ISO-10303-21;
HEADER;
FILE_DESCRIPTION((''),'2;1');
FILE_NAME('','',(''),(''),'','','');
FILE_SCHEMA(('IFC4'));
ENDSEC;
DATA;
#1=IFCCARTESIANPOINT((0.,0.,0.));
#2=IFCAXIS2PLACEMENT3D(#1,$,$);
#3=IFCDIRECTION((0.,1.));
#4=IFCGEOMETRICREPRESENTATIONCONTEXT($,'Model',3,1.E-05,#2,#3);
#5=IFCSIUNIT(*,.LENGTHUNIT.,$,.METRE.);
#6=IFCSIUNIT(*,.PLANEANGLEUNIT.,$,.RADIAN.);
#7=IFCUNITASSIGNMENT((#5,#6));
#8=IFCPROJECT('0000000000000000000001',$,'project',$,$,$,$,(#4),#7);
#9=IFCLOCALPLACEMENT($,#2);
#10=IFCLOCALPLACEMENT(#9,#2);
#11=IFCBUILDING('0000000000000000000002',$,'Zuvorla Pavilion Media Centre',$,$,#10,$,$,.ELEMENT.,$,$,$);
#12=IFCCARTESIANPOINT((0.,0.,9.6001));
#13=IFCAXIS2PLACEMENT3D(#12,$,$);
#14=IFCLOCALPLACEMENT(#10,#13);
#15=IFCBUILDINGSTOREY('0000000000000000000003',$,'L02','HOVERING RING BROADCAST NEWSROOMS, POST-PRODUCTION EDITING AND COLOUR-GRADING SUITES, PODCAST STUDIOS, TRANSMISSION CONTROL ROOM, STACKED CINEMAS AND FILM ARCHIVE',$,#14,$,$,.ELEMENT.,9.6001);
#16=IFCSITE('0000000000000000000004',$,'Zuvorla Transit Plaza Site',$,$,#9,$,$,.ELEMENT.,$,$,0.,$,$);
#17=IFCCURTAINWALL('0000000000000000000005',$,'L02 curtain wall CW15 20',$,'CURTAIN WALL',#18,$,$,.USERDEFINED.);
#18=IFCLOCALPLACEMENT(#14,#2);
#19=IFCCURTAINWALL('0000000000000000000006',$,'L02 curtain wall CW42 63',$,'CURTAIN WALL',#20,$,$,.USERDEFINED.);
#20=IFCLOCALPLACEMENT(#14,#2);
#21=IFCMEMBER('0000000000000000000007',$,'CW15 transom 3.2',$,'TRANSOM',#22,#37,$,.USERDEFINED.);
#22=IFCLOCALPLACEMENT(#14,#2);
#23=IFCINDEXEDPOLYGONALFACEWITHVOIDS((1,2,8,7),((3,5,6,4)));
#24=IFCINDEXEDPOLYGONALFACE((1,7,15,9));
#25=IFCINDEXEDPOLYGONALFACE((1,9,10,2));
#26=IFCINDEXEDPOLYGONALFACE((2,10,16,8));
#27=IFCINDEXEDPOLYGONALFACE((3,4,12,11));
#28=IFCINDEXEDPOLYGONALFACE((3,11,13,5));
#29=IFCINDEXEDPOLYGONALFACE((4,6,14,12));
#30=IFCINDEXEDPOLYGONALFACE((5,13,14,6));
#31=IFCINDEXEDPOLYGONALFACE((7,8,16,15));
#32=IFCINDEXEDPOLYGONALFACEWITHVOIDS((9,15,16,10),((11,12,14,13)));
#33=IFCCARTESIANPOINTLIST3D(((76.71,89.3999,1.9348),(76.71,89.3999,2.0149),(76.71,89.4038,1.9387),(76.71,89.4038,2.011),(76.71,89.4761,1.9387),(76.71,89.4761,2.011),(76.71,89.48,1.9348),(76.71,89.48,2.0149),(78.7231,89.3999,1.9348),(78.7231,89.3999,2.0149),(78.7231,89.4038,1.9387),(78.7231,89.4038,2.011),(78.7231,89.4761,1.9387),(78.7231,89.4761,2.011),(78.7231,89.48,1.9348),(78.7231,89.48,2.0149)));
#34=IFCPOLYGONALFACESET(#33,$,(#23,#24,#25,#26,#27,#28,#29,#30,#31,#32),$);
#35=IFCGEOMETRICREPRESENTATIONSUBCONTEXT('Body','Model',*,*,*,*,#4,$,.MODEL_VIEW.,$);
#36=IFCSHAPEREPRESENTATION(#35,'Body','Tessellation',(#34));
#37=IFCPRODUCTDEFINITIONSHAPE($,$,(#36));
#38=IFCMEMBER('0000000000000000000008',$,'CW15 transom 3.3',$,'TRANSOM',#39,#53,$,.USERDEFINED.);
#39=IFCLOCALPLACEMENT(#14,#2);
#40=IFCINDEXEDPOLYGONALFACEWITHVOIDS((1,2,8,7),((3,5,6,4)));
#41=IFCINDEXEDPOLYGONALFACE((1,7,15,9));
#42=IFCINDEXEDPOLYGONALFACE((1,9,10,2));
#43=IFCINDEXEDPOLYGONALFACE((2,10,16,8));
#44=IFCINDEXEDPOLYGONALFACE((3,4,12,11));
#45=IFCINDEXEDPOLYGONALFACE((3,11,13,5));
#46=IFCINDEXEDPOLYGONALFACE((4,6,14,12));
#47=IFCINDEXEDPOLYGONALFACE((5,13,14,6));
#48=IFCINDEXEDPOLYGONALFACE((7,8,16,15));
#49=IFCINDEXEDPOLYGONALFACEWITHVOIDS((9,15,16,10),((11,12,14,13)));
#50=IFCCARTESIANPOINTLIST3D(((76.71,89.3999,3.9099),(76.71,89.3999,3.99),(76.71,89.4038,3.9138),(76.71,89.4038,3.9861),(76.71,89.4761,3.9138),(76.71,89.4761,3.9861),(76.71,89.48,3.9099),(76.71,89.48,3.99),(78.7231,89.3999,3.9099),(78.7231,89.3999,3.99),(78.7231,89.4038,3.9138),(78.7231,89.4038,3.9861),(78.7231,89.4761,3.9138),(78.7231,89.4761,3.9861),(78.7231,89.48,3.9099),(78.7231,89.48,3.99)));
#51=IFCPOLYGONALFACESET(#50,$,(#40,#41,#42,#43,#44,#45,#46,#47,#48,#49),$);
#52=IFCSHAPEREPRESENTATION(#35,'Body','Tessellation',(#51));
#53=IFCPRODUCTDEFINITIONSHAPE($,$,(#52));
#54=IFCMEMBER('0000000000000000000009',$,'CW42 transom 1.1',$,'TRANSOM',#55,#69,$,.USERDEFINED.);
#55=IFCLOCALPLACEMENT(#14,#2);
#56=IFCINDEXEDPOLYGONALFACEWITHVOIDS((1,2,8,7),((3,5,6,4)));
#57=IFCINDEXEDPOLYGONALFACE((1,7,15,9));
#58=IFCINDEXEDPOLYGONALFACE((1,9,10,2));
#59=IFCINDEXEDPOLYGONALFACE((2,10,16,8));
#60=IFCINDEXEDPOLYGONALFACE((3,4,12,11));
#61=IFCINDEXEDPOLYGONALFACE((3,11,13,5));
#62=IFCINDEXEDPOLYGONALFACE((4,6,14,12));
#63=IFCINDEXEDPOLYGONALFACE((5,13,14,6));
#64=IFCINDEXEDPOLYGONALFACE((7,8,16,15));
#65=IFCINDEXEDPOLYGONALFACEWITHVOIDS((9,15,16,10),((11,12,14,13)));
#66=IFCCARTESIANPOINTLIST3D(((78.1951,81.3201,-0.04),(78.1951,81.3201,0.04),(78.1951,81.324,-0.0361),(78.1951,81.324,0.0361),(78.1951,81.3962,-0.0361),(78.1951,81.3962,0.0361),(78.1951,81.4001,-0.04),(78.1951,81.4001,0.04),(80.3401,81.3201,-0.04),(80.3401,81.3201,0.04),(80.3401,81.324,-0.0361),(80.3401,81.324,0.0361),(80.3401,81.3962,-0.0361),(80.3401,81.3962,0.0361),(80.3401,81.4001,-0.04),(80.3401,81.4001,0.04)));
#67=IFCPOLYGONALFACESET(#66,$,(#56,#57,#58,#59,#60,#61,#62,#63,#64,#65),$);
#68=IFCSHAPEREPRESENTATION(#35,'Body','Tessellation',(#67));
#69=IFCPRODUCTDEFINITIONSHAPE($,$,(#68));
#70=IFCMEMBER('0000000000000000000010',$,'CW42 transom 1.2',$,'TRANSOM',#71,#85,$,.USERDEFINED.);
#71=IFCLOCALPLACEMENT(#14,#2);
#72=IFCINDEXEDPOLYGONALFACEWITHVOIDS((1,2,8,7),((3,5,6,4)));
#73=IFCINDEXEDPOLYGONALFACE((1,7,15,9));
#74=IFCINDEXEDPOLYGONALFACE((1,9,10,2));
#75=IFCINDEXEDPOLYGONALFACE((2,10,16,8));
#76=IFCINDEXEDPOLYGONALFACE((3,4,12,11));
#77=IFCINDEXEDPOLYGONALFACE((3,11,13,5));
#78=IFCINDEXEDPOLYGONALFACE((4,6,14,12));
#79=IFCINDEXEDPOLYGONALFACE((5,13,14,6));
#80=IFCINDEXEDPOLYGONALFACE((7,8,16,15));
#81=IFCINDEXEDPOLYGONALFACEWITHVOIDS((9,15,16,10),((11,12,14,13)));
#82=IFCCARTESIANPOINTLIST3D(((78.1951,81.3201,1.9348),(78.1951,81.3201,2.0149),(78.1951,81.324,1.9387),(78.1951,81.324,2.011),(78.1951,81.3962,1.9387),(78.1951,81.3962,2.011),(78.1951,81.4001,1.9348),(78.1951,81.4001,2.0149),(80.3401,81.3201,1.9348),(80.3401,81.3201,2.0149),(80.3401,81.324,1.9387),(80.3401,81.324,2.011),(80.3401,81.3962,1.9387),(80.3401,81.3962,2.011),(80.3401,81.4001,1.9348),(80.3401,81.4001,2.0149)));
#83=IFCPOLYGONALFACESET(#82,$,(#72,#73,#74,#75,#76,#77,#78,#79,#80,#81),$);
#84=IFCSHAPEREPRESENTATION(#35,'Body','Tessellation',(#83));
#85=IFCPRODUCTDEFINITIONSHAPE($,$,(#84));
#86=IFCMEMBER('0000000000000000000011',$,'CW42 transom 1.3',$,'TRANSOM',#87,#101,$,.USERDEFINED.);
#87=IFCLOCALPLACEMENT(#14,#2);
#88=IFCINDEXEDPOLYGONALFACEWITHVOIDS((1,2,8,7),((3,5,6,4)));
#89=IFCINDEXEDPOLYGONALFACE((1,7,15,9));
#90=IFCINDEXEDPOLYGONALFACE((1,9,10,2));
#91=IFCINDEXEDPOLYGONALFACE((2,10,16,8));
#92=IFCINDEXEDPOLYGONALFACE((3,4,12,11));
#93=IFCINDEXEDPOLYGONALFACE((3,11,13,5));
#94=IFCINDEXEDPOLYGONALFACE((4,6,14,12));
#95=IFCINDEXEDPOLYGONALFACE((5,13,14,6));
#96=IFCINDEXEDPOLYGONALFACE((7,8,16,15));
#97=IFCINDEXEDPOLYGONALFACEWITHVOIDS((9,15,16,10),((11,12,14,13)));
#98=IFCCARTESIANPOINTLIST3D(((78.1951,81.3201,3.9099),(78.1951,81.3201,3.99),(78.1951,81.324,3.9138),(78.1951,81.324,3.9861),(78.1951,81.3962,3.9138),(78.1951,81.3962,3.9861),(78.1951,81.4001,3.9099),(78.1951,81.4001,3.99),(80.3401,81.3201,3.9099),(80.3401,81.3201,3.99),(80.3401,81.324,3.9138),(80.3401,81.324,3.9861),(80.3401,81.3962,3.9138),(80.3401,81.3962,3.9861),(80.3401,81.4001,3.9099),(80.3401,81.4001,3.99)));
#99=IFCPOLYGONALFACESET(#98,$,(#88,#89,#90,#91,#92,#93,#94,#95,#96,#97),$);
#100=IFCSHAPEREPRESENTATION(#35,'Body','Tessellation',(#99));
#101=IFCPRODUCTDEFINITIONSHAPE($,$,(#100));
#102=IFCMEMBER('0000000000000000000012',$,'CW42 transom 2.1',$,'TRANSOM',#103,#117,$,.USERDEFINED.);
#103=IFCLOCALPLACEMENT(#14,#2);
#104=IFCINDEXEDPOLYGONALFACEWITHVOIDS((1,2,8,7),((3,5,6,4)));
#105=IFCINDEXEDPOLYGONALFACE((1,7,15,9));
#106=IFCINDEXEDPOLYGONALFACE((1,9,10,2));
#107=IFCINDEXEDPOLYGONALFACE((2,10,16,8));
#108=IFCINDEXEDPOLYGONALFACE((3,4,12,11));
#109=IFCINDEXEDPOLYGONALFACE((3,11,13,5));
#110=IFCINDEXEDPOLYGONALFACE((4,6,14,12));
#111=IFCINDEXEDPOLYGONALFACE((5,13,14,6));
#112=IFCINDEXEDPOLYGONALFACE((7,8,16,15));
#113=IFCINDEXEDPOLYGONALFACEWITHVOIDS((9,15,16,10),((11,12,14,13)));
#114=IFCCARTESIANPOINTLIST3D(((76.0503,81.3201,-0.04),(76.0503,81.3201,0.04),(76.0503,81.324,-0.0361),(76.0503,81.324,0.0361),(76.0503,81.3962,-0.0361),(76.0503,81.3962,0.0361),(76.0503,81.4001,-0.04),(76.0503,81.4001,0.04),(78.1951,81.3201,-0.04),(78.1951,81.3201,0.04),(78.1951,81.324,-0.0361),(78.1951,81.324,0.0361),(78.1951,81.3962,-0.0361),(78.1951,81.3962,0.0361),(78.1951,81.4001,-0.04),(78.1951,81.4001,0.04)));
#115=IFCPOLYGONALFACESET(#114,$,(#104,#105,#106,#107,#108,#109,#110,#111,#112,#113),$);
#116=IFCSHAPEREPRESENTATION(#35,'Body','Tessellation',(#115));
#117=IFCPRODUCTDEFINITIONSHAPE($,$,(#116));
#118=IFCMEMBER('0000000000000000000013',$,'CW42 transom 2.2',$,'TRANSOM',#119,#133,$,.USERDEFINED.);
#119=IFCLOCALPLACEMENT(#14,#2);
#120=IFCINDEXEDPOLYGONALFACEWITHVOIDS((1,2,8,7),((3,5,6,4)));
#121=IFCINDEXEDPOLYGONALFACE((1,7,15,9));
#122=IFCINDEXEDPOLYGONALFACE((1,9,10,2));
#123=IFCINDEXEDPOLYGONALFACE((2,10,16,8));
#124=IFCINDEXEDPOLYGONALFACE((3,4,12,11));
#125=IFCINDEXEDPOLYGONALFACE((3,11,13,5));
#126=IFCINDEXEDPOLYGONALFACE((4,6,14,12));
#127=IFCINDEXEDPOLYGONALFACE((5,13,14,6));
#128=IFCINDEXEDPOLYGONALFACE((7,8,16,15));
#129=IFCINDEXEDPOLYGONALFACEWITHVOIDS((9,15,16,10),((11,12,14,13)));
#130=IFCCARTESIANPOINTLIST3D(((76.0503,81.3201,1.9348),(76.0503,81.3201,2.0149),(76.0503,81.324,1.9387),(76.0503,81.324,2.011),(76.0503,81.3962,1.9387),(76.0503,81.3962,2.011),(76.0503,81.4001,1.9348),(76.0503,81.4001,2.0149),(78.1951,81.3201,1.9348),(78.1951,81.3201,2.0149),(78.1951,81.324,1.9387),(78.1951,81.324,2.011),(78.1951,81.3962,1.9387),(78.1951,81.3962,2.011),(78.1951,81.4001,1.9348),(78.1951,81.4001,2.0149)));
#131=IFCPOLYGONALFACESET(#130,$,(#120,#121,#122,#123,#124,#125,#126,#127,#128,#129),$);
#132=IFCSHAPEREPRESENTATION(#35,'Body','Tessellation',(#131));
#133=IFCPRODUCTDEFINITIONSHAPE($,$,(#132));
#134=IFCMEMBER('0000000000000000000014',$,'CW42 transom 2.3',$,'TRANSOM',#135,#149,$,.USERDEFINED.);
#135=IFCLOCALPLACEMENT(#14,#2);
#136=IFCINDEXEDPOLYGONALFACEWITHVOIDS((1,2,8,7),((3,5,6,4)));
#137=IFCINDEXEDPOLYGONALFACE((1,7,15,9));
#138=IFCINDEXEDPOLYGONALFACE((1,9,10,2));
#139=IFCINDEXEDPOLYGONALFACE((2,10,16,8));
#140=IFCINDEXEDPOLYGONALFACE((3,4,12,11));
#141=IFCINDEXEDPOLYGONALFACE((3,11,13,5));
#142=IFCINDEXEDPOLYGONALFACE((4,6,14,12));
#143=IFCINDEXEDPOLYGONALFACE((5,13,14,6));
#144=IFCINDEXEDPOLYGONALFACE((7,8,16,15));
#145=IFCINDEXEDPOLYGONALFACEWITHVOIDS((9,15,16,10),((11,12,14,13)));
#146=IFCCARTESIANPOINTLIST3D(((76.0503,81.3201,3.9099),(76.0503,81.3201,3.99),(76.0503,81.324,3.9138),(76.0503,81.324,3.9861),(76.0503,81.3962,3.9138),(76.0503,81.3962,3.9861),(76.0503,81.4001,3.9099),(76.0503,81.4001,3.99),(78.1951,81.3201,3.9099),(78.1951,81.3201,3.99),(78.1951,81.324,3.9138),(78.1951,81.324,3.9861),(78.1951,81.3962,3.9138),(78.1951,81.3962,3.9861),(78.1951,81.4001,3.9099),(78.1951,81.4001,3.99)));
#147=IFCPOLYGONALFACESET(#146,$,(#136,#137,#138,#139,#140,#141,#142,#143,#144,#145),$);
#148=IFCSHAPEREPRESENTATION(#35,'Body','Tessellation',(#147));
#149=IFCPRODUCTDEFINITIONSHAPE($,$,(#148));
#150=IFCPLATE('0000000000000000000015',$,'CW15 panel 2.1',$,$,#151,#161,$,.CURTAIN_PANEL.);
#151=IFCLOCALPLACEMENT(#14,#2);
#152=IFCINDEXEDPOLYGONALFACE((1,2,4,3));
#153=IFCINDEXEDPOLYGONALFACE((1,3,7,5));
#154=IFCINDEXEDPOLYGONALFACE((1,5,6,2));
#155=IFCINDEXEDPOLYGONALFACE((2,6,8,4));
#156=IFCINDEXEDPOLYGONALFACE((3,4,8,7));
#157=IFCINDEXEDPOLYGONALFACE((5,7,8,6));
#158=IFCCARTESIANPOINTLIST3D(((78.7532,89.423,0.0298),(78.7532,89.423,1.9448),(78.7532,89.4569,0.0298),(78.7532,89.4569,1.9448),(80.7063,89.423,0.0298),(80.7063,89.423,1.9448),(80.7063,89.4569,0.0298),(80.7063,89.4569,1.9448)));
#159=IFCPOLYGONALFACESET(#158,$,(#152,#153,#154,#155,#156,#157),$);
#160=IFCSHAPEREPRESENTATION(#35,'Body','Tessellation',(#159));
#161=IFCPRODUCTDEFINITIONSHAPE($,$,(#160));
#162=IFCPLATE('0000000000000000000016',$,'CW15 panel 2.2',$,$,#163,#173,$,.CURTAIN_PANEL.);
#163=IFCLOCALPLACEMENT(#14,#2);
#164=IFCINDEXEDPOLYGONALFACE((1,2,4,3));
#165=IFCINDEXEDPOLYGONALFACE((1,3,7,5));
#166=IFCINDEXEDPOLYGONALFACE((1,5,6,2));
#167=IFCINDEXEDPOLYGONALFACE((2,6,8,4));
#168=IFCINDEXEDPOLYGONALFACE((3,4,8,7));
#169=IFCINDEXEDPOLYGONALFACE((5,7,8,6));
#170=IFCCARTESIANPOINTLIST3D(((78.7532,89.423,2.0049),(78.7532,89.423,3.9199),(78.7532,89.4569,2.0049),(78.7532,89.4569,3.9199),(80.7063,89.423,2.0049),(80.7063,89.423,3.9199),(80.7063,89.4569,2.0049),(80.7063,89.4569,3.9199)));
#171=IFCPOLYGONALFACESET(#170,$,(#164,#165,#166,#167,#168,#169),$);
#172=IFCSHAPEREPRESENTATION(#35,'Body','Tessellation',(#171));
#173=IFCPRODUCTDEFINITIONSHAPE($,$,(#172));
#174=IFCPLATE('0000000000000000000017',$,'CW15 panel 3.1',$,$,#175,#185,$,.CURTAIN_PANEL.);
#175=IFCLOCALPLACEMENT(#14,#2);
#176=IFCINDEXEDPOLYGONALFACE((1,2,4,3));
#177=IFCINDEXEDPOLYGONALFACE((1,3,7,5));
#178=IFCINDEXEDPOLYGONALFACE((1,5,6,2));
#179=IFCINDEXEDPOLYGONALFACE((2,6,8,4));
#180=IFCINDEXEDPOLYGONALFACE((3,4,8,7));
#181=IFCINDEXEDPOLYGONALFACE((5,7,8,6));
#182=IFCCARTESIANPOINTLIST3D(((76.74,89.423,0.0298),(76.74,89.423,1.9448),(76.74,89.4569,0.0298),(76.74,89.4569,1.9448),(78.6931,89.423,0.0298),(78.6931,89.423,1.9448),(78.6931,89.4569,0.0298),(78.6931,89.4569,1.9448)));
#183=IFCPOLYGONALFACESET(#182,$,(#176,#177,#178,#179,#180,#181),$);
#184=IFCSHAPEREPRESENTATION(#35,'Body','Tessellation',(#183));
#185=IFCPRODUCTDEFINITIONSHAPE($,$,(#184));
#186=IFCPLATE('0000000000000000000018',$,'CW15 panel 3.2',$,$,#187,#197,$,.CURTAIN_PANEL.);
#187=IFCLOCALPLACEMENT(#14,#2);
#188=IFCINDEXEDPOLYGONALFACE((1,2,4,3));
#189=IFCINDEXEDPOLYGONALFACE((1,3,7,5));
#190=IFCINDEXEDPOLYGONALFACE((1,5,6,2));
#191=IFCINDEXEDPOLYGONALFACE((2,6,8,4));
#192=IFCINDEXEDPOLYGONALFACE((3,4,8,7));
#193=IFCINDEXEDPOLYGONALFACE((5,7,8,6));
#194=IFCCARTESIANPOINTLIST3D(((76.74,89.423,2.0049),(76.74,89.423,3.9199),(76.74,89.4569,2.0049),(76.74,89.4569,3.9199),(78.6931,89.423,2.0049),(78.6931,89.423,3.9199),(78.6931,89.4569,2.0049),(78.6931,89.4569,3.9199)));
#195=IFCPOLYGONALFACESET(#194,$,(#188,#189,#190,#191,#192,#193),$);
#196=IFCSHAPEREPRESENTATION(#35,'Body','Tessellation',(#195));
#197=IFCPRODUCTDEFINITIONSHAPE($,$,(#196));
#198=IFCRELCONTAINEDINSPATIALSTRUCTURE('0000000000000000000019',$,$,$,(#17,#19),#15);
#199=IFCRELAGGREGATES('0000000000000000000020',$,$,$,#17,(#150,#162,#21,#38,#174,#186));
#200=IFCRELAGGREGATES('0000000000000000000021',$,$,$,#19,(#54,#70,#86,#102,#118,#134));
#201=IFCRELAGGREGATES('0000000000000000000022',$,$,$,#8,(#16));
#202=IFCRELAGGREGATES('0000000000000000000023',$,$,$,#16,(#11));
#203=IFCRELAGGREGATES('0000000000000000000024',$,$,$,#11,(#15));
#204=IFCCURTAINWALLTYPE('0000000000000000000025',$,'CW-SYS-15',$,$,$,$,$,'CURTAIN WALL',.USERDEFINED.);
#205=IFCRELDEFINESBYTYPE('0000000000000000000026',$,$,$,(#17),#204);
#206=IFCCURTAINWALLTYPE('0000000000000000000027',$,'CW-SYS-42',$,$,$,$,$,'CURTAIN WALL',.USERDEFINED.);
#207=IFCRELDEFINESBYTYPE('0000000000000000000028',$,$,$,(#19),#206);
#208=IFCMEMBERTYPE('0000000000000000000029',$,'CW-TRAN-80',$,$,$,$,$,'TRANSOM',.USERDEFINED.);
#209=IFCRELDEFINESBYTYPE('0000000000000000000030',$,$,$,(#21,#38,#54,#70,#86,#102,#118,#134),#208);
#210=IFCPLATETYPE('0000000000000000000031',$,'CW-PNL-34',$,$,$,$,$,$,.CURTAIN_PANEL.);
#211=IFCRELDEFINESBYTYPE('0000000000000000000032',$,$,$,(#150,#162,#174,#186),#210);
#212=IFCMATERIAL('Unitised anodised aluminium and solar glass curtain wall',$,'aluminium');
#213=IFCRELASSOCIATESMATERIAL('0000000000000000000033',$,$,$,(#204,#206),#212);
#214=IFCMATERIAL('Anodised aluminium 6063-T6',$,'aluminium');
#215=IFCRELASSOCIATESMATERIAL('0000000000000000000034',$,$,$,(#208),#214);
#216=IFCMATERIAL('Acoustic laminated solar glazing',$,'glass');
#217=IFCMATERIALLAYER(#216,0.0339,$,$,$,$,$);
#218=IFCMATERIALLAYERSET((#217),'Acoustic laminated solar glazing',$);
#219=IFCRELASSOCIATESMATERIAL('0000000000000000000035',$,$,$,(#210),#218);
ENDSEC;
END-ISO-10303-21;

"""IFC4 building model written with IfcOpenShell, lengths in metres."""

from ifc_helpers import new_model, si_unit, direction, frame, origin, origin_2d, place, context, subcontext, project, spatial, rectangle, hollow_rectangle, extrude, material, layer, layer_set, material_profile, profile_set, type_object, element, aggregate, save


model = new_model("IFC4")

# Units and contexts
model_context = context("Model", 3, precision=1e-05, world=origin(), true_north=direction((0.0, 1.0)))
body_context = subcontext(model_context, "Body", "Model", "MODEL_VIEW")
ifc_project = project(units=[si_unit("LENGTHUNIT", "METRE"), si_unit("PLANEANGLEUNIT", "RADIAN")], contexts=[model_context])

# Site, building, storey
site_placement = place(None, origin())
site = spatial("IfcSite", under=ifc_project, at=site_placement, Name="Zuvorla Transit Plaza Site", CompositionType="ELEMENT", RefElevation=0.0)
building_placement = place(site_placement, origin())
building = spatial("IfcBuilding", under=site, at=building_placement, Name="Zuvorla Pavilion Media Centre", CompositionType="ELEMENT")
storey_placement = place(building_placement, frame((0.0, 0.0, 9.6001)))
storey = spatial("IfcBuildingStorey", under=building, at=storey_placement, Name="L02", Description="HOVERING RING BROADCAST NEWSROOMS, POST-PRODUCTION EDITING AND COLOUR-GRADING SUITES, PODCAST STUDIOS, TRANSMISSION CONTROL ROOM, STACKED CINEMAS AND FILM ARCHIVE", CompositionType="ELEMENT", Elevation=9.6001)

# Curtain walls
ifc_material_1 = material(Name="Unitised anodised aluminium and solar glass curtain wall", Category="aluminium")
curtain_wall_type_1 = type_object("IfcCurtainWallType", Name="CW-SYS-15", ElementType="CURTAIN WALL", PredefinedType="USERDEFINED", material=ifc_material_1)
curtain_wall_1_placement = place(storey_placement, origin())
curtain_wall_1 = element("IfcCurtainWall", 1, at=curtain_wall_1_placement, inside=storey, type_object=curtain_wall_type_1, Name="L02 curtain wall CW15 20", ObjectType="CURTAIN WALL", PredefinedType="USERDEFINED")
ifc_material_2 = material(Name="Anodised aluminium 6063-T6", Category="aluminium")
curtain_wall_type_2 = type_object("IfcCurtainWallType", Name="CW-SYS-42", ElementType="CURTAIN WALL", PredefinedType="USERDEFINED", material=ifc_material_1)
curtain_wall_2_placement = place(storey_placement, origin())
curtain_wall_2 = element("IfcCurtainWall", 2, at=curtain_wall_2_placement, inside=storey, type_object=curtain_wall_type_2, Name="L02 curtain wall CW42 63", ObjectType="CURTAIN WALL", PredefinedType="USERDEFINED")

# Members
ifc_material_profile_1 = material_profile(ifc_material_2, hollow_rectangle(XDim=0.0801, YDim=0.0801, WallThickness=0.0039, at=origin_2d()), Name="ALU TRAN 80x80")
ifc_profile_set_1 = profile_set([ifc_material_profile_1], Name="Anodised aluminium 6063-T6")
member_type_1 = type_object("IfcMemberType", Name="CW-TRAN-80", ElementType="TRANSOM", PredefinedType="USERDEFINED", material=ifc_profile_set_1)
member_1_placement = place(storey_placement, frame((78.7231, 89.4399, 1.9749), z_axis=(-1.0, 0.0, 0.0), x_axis=(0.0, -1.0, 0.0)))
member_1 = element("IfcMember", 3, at=member_1_placement, type_object=member_type_1, Name="CW15 transom 3.2", ObjectType="TRANSOM", PredefinedType="USERDEFINED", context=body_context, shape_type="SweptSolid", body=[
    extrude(hollow_rectangle(XDim=0.0801, YDim=0.0801, WallThickness=0.0039, at=origin_2d()), origin(), (0.0, 0.0, 1.0), 2.0132),
])
member_2_placement = place(storey_placement, frame((78.7231, 89.4399, 3.95), z_axis=(-1.0, 0.0, 0.0), x_axis=(0.0, -1.0, 0.0)))
member_2 = element("IfcMember", 4, at=member_2_placement, type_object=member_type_1, Name="CW15 transom 3.3", ObjectType="TRANSOM", PredefinedType="USERDEFINED", context=body_context, shape_type="SweptSolid", body=[
    extrude(hollow_rectangle(XDim=0.0801, YDim=0.0801, WallThickness=0.0039, at=origin_2d()), origin(), (0.0, 0.0, 1.0), 2.0132),
])
member_3_placement = place(storey_placement, frame((80.3401, 81.3601, 0.0), z_axis=(-1.0, 0.0, 0.0), x_axis=(0.0, -1.0, 0.0)))
member_3 = element("IfcMember", 5, at=member_3_placement, type_object=member_type_1, Name="CW42 transom 1.1", ObjectType="TRANSOM", PredefinedType="USERDEFINED", context=body_context, shape_type="SweptSolid", body=[
    extrude(hollow_rectangle(XDim=0.0801, YDim=0.0801, WallThickness=0.0039, at=origin_2d()), origin(), (0.0, 0.0, 1.0), 2.145),
])
member_4_placement = place(storey_placement, frame((80.3401, 81.3601, 1.9749), z_axis=(-1.0, 0.0, 0.0), x_axis=(0.0, -1.0, 0.0)))
member_4 = element("IfcMember", 6, at=member_4_placement, type_object=member_type_1, Name="CW42 transom 1.2", ObjectType="TRANSOM", PredefinedType="USERDEFINED", context=body_context, shape_type="SweptSolid", body=[
    extrude(hollow_rectangle(XDim=0.0801, YDim=0.0801, WallThickness=0.0039, at=origin_2d()), origin(), (0.0, 0.0, 1.0), 2.145),
])
member_5_placement = place(storey_placement, frame((80.3401, 81.3601, 3.95), z_axis=(-1.0, 0.0, 0.0), x_axis=(0.0, -1.0, 0.0)))
member_5 = element("IfcMember", 7, at=member_5_placement, type_object=member_type_1, Name="CW42 transom 1.3", ObjectType="TRANSOM", PredefinedType="USERDEFINED", context=body_context, shape_type="SweptSolid", body=[
    extrude(hollow_rectangle(XDim=0.0801, YDim=0.0801, WallThickness=0.0039, at=origin_2d()), origin(), (0.0, 0.0, 1.0), 2.145),
])
member_6_placement = place(storey_placement, frame((78.1951, 81.3601, 0.0), z_axis=(-1.0, 0.0, 0.0), x_axis=(0.0, -1.0, 0.0)))
member_6 = element("IfcMember", 8, at=member_6_placement, type_object=member_type_1, Name="CW42 transom 2.1", ObjectType="TRANSOM", PredefinedType="USERDEFINED", context=body_context, shape_type="SweptSolid", body=[
    extrude(hollow_rectangle(XDim=0.0801, YDim=0.0801, WallThickness=0.0039, at=origin_2d()), origin(), (0.0, 0.0, 1.0), 2.1448),
])
member_7_placement = place(storey_placement, frame((78.1951, 81.3601, 1.9749), z_axis=(-1.0, 0.0, 0.0), x_axis=(0.0, -1.0, 0.0)))
member_7 = element("IfcMember", 9, at=member_7_placement, type_object=member_type_1, Name="CW42 transom 2.2", ObjectType="TRANSOM", PredefinedType="USERDEFINED", context=body_context, shape_type="SweptSolid", body=[
    extrude(hollow_rectangle(XDim=0.0801, YDim=0.0801, WallThickness=0.0039, at=origin_2d()), origin(), (0.0, 0.0, 1.0), 2.1448),
])
member_8_placement = place(storey_placement, frame((78.1951, 81.3601, 3.95), z_axis=(-1.0, 0.0, 0.0), x_axis=(0.0, -1.0, 0.0)))
member_8 = element("IfcMember", 10, at=member_8_placement, type_object=member_type_1, Name="CW42 transom 2.3", ObjectType="TRANSOM", PredefinedType="USERDEFINED", context=body_context, shape_type="SweptSolid", body=[
    extrude(hollow_rectangle(XDim=0.0801, YDim=0.0801, WallThickness=0.0039, at=origin_2d()), origin(), (0.0, 0.0, 1.0), 2.1448),
])

# Plates
ifc_material_3 = material(Name="Acoustic laminated solar glazing", Category="glass")
ifc_layer_1 = layer(ifc_material_3, 0.0339)
ifc_layer_set_1 = layer_set([ifc_layer_1], Name="Acoustic laminated solar glazing")
plate_type_1 = type_object("IfcPlateType", Name="CW-PNL-34", PredefinedType="CURTAIN_PANEL", material=ifc_layer_set_1)
plate_1_placement = place(storey_placement, frame((79.7297, 89.4399, 0.0298), z_axis=(0.0, 0.0, 1.0), x_axis=(-1.0, 0.0, 0.0)))
plate_1 = element("IfcPlate", 11, at=plate_1_placement, type_object=plate_type_1, Name="CW15 panel 2.1", PredefinedType="CURTAIN_PANEL", context=body_context, shape_type="SweptSolid", body=[
    extrude(rectangle(XDim=1.9531, YDim=0.0339, at=origin_2d()), origin(), (0.0, 0.0, 1.0), 1.915),
])
plate_2_placement = place(storey_placement, frame((79.7297, 89.4399, 2.0049), z_axis=(0.0, 0.0, 1.0), x_axis=(-1.0, 0.0, 0.0)))
plate_2 = element("IfcPlate", 12, at=plate_2_placement, type_object=plate_type_1, Name="CW15 panel 2.2", PredefinedType="CURTAIN_PANEL", context=body_context, shape_type="SweptSolid", body=[
    extrude(rectangle(XDim=1.9531, YDim=0.0339, at=origin_2d()), origin(), (0.0, 0.0, 1.0), 1.915),
])
plate_3_placement = place(storey_placement, frame((77.7166, 89.4399, 0.0298), z_axis=(0.0, 0.0, 1.0), x_axis=(-1.0, 0.0, 0.0)))
plate_3 = element("IfcPlate", 13, at=plate_3_placement, type_object=plate_type_1, Name="CW15 panel 3.1", PredefinedType="CURTAIN_PANEL", context=body_context, shape_type="SweptSolid", body=[
    extrude(rectangle(XDim=1.9531, YDim=0.0339, at=origin_2d()), origin(), (0.0, 0.0, 1.0), 1.915),
])
plate_4_placement = place(storey_placement, frame((77.7166, 89.4399, 2.0049), z_axis=(0.0, 0.0, 1.0), x_axis=(-1.0, 0.0, 0.0)))
plate_4 = element("IfcPlate", 14, at=plate_4_placement, type_object=plate_type_1, Name="CW15 panel 3.2", PredefinedType="CURTAIN_PANEL", context=body_context, shape_type="SweptSolid", body=[
    extrude(rectangle(XDim=1.9531, YDim=0.0339, at=origin_2d()), origin(), (0.0, 0.0, 1.0), 1.915),
])
aggregate(curtain_wall_1, [plate_1, plate_2, member_1, member_2, plate_3, plate_4])
aggregate(curtain_wall_2, [member_3, member_4, member_5, member_6, member_7, member_8])

save(model, "model.ifc")
